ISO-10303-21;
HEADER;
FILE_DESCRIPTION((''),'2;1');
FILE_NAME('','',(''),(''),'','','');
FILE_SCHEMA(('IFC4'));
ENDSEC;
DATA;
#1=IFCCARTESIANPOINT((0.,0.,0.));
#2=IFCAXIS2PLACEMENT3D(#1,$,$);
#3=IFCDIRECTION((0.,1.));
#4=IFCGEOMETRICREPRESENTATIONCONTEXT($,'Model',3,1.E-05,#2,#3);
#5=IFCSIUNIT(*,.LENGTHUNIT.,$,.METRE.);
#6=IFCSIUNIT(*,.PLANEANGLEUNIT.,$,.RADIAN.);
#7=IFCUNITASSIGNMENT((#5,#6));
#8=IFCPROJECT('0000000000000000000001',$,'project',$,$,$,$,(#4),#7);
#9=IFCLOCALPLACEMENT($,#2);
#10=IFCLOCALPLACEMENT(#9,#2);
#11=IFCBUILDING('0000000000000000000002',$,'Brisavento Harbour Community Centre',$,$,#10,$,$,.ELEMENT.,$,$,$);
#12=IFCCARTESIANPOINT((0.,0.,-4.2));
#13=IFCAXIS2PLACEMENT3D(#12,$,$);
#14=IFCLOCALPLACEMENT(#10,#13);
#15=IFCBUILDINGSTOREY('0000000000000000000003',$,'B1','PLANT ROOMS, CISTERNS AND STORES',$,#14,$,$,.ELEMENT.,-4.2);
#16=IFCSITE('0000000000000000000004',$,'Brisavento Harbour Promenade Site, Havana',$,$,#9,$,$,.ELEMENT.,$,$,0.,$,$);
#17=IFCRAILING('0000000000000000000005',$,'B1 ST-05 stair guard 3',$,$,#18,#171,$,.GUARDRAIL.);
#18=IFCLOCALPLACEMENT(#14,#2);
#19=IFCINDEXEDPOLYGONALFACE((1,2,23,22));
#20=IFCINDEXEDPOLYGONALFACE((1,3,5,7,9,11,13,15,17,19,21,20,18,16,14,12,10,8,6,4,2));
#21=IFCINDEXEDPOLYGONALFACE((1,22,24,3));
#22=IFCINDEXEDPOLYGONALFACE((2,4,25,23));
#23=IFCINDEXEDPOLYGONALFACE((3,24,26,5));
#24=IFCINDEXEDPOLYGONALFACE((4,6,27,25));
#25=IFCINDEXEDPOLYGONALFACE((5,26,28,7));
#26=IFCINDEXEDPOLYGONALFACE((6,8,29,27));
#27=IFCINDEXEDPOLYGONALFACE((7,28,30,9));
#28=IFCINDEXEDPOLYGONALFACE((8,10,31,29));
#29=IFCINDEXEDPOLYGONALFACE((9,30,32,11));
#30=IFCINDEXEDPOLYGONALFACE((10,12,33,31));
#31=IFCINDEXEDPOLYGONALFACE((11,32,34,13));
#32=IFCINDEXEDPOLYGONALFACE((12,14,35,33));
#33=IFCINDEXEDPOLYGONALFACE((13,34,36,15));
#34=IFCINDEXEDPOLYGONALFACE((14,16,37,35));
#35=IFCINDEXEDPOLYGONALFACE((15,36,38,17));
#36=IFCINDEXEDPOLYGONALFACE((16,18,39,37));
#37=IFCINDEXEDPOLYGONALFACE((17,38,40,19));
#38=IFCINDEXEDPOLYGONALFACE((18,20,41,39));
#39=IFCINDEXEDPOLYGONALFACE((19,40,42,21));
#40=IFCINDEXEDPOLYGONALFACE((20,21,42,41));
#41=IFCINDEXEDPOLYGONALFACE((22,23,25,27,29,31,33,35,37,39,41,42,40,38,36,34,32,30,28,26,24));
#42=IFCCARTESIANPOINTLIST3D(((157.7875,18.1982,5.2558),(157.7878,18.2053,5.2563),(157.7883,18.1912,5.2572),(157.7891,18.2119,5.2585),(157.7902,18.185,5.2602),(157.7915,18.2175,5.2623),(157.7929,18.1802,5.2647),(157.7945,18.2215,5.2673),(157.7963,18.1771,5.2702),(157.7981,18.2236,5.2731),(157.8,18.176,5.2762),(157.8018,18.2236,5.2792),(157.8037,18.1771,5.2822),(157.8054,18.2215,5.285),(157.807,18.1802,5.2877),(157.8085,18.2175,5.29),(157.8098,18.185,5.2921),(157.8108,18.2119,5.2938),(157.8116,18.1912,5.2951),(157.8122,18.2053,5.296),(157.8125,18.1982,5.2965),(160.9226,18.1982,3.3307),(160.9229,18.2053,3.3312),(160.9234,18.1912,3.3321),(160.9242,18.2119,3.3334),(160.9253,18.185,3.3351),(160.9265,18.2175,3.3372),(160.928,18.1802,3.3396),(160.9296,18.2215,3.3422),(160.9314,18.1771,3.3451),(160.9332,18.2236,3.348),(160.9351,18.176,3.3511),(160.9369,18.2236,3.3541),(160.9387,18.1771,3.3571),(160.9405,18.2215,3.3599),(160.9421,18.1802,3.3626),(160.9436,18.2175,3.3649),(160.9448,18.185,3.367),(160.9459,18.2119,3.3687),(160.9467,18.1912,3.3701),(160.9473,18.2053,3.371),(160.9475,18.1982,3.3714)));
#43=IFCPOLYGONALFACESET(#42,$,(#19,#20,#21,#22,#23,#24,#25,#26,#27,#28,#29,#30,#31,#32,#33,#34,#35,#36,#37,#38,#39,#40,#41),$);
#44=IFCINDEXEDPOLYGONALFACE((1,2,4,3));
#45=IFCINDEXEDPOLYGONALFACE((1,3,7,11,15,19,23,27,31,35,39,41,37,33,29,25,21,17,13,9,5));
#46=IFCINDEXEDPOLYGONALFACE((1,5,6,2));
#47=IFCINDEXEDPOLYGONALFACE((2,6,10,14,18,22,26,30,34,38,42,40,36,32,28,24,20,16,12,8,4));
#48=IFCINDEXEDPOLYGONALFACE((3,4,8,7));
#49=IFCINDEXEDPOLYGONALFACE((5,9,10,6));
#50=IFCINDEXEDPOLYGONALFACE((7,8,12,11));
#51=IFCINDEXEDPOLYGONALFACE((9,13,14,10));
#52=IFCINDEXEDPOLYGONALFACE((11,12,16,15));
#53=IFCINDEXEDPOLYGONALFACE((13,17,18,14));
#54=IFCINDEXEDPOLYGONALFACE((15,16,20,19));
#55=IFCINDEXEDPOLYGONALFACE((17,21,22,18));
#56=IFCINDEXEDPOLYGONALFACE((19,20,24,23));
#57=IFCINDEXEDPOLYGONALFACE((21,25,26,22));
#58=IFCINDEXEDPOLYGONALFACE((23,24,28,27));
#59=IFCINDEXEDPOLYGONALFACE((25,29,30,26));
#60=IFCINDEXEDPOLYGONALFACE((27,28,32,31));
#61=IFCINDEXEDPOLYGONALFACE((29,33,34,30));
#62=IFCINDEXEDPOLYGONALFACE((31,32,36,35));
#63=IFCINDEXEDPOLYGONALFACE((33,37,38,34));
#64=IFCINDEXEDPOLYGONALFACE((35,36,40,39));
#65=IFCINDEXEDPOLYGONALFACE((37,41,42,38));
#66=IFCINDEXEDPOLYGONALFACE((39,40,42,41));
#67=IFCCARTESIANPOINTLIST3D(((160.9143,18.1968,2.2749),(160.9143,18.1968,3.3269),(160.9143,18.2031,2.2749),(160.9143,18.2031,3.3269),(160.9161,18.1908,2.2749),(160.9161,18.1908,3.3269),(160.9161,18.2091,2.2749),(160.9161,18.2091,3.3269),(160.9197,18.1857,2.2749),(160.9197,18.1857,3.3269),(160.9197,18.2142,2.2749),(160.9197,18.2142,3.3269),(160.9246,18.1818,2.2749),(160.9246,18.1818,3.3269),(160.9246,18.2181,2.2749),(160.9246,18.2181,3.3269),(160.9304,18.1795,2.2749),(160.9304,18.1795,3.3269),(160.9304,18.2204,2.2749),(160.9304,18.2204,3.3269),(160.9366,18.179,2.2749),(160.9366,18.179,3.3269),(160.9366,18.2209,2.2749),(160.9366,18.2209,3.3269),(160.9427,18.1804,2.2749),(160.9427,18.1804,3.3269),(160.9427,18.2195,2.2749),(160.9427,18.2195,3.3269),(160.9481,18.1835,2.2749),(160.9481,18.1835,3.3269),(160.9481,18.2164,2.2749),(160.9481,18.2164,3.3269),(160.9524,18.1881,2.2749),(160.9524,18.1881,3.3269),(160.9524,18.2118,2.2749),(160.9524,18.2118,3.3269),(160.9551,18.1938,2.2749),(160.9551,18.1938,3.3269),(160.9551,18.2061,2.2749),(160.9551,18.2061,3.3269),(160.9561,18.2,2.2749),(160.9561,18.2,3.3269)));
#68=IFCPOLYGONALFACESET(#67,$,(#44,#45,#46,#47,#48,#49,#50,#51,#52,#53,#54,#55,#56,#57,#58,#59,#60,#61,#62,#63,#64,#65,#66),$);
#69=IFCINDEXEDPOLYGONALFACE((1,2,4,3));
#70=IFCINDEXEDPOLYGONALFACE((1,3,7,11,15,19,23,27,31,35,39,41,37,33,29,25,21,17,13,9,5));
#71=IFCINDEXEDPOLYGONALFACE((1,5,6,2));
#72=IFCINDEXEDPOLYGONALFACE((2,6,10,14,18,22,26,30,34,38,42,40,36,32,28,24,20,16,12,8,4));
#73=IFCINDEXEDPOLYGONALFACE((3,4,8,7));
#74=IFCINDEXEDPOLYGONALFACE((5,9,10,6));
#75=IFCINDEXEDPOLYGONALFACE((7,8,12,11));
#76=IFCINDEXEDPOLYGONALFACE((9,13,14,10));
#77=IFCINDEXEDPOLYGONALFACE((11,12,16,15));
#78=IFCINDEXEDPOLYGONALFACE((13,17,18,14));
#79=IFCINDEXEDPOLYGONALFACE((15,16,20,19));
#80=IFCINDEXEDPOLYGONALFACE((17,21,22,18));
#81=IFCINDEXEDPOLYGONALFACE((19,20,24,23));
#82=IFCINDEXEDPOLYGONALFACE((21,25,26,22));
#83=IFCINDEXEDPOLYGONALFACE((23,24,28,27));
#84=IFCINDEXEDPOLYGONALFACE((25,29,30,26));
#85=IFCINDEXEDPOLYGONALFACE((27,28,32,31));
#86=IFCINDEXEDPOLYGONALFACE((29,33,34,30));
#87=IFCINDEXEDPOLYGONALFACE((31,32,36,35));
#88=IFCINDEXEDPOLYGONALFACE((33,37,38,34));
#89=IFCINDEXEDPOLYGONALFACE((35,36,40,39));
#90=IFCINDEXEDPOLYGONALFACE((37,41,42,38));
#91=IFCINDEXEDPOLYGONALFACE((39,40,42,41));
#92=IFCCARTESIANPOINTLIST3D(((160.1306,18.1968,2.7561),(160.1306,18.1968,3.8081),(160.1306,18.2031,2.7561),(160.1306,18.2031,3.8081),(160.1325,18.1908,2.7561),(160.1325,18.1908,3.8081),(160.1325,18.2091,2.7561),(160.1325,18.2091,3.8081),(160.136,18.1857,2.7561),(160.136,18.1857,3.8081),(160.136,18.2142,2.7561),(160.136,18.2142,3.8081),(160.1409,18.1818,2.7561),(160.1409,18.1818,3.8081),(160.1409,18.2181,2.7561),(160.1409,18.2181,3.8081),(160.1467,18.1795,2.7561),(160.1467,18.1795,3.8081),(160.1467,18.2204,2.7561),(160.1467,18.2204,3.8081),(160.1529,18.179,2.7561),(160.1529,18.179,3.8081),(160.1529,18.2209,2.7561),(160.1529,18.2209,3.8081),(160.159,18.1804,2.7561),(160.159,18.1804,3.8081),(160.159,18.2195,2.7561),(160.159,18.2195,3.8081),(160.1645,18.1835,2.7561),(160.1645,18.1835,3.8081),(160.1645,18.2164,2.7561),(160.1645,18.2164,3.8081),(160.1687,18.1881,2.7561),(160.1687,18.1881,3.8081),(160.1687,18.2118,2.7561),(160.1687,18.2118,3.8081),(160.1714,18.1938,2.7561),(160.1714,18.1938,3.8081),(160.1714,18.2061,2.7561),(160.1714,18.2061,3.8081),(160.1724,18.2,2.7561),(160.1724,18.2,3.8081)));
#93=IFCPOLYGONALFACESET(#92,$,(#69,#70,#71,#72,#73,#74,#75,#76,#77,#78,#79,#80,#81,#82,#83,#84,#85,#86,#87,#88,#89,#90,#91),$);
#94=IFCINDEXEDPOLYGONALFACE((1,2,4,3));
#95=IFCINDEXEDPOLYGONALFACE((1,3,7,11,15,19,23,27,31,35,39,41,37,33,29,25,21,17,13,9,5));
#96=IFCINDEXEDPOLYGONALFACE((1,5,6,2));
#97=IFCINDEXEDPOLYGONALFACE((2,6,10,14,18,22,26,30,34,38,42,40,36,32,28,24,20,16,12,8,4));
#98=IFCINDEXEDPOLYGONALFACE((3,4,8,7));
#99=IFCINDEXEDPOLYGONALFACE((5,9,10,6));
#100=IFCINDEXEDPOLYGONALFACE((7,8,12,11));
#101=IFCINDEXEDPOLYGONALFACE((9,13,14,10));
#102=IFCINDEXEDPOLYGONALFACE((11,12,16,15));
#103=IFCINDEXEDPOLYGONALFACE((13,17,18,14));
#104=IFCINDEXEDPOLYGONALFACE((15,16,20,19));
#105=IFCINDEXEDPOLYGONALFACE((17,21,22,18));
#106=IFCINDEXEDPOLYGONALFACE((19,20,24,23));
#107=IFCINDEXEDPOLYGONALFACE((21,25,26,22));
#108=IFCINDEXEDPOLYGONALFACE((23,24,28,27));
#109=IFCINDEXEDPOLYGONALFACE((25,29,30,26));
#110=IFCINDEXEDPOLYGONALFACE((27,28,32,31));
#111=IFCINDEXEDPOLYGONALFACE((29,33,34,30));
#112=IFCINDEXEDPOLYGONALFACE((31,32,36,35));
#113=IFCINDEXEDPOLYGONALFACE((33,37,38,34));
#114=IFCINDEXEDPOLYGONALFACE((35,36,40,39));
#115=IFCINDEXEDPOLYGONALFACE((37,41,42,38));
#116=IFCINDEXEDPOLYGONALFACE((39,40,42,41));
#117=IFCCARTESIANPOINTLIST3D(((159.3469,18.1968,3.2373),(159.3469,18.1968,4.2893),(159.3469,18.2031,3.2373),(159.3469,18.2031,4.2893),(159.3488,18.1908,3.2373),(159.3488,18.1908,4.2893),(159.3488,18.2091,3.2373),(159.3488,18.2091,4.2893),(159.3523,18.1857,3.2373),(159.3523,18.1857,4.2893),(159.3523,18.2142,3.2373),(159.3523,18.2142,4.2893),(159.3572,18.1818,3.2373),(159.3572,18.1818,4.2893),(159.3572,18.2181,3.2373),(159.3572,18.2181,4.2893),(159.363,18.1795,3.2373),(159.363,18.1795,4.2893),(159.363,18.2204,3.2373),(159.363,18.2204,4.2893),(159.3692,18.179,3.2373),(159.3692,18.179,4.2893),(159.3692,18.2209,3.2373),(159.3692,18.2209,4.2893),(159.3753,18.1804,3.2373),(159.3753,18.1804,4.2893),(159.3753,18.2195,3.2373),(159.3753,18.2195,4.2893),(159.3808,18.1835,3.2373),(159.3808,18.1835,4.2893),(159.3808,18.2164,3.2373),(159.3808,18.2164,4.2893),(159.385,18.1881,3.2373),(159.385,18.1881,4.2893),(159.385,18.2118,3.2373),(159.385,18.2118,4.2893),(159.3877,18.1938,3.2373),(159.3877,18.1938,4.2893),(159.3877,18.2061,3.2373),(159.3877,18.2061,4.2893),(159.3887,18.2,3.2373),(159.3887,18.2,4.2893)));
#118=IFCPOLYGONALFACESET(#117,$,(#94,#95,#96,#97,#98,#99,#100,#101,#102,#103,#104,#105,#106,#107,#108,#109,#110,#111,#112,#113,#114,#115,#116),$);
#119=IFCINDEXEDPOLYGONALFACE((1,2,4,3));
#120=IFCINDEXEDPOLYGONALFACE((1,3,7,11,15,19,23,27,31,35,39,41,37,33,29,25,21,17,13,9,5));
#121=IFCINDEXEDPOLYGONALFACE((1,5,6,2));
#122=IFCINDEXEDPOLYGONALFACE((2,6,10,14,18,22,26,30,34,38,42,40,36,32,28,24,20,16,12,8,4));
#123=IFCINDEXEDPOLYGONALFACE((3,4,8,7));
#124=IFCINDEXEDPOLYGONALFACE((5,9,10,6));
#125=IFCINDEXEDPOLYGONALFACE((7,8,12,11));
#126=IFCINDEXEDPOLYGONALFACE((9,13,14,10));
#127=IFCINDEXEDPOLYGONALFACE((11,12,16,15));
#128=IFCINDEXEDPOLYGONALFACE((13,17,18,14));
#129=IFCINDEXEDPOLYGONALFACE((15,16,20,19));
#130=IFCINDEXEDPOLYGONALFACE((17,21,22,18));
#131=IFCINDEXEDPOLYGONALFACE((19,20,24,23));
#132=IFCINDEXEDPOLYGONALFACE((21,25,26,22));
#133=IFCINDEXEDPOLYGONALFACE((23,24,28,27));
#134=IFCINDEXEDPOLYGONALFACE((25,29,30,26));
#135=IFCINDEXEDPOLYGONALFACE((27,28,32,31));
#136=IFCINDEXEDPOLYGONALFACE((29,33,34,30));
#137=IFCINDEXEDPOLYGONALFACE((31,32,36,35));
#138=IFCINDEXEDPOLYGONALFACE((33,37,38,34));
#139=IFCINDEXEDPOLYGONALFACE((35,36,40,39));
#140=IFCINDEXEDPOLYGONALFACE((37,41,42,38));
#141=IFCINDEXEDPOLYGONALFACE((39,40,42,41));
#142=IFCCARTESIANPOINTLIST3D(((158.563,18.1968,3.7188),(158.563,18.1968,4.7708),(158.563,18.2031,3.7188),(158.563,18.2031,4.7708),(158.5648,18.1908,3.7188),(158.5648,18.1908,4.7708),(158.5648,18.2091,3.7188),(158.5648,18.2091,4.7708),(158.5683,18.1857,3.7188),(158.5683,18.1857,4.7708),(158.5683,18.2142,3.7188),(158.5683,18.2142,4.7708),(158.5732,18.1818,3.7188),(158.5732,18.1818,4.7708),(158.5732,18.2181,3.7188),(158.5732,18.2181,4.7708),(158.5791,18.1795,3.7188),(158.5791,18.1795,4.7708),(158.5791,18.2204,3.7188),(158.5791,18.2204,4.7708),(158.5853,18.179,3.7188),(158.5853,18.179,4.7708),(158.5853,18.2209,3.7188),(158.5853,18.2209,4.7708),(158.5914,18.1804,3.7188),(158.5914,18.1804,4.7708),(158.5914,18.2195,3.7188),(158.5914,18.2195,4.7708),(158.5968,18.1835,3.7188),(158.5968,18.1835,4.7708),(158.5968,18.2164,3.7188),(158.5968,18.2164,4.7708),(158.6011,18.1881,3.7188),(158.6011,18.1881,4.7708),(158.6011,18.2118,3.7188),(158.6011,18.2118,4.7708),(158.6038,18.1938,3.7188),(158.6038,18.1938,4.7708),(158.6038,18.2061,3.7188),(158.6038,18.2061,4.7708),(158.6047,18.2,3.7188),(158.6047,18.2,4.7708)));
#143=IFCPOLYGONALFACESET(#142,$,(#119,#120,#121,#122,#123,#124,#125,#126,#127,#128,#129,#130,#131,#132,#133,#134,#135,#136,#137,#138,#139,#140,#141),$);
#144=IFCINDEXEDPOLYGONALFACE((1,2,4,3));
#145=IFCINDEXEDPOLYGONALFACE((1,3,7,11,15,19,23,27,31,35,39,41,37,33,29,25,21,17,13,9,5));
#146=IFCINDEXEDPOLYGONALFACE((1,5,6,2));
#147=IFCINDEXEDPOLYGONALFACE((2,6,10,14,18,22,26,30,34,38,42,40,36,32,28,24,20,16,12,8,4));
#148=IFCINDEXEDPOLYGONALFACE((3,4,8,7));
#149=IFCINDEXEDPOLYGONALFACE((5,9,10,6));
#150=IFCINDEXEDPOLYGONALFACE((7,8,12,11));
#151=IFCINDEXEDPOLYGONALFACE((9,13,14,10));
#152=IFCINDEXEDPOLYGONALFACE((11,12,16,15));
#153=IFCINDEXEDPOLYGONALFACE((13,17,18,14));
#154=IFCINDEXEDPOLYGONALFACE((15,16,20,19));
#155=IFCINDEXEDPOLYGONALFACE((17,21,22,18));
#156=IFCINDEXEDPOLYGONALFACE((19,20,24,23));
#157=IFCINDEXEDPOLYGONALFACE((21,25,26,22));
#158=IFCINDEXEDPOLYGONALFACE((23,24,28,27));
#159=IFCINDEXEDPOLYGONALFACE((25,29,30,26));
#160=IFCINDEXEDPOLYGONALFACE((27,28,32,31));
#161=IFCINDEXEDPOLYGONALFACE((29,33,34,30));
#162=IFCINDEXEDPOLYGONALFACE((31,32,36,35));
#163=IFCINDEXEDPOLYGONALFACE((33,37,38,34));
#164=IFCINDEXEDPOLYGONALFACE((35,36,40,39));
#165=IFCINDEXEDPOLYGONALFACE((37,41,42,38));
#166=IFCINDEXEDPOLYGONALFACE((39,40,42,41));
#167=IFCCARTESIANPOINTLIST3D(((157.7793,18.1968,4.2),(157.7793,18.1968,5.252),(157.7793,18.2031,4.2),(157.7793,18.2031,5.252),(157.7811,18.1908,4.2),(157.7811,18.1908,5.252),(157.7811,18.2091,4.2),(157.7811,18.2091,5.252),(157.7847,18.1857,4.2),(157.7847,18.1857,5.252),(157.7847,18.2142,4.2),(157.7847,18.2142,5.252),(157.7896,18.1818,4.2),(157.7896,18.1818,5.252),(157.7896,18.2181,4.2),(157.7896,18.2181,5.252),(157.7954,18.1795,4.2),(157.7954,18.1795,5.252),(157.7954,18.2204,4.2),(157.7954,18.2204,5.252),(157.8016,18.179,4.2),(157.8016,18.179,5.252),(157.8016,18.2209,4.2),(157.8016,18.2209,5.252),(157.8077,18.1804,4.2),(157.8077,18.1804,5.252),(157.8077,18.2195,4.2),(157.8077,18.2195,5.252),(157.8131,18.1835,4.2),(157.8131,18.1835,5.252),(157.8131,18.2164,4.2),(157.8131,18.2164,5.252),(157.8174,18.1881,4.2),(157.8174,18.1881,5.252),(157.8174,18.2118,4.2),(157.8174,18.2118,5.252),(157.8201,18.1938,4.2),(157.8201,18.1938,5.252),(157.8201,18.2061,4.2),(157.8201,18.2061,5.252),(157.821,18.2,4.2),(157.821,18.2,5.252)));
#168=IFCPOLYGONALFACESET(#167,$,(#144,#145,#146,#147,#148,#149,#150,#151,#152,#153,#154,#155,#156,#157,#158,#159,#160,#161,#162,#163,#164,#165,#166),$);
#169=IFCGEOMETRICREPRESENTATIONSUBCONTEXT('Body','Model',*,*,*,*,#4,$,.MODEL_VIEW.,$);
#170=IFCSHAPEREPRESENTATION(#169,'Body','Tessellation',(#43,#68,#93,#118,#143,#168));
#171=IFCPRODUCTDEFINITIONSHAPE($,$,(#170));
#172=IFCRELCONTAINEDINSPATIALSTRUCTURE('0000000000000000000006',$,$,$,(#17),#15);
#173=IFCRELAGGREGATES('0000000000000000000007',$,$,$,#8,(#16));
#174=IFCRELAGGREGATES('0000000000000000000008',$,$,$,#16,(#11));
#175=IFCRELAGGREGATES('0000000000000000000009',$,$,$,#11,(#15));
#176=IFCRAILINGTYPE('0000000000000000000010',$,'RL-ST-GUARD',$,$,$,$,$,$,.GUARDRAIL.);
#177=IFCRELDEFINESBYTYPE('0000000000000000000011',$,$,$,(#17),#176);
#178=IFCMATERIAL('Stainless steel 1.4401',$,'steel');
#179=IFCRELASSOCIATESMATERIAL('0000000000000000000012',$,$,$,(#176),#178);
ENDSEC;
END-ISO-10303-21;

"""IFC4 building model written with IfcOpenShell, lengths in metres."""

from ifc_helpers import new_model, si_unit, direction, frame, origin, origin_2d, place, context, subcontext, project, spatial, circle, extrude, material, type_object, element, save


model = new_model("IFC4")

# Units and contexts
model_context = context("Model", 3, precision=1e-05, world=origin(), true_north=direction((0.0, 1.0)))
body_context = subcontext(model_context, "Body", "Model", "MODEL_VIEW")
ifc_project = project(units=[si_unit("LENGTHUNIT", "METRE"), si_unit("PLANEANGLEUNIT", "RADIAN")], contexts=[model_context])

# Site, building, storey
site_placement = place(None, origin())
site = spatial("IfcSite", under=ifc_project, at=site_placement, Name="Brisavento Harbour Promenade Site, Havana", CompositionType="ELEMENT", RefElevation=0.0)
building_placement = place(site_placement, origin())
building = spatial("IfcBuilding", under=site, at=building_placement, Name="Brisavento Harbour Community Centre", CompositionType="ELEMENT")
storey_placement = place(building_placement, frame((0.0, 0.0, -4.2)))
storey = spatial("IfcBuildingStorey", under=building, at=storey_placement, Name="B1", Description="PLANT ROOMS, CISTERNS AND STORES", CompositionType="ELEMENT", Elevation=-4.2)

# Railing
ifc_material_1 = material(Name="Stainless steel 1.4401", Category="steel")
railing_type_1 = type_object("IfcRailingType", Name="RL-ST-GUARD", PredefinedType="GUARDRAIL", material=ifc_material_1)
railing_1_placement = place(storey_placement, frame((160.9351, 18.2, 2.2749)))
element("IfcRailing", 1, at=railing_1_placement, inside=storey, type_object=railing_type_1, Name="B1 ST-05 stair guard 3", PredefinedType="GUARDRAIL", context=body_context, shape_type="SweptSolid", body=[
    extrude(circle(Radius=0.0239, at=origin_2d()), frame((0.0, 0.0, 1.0762), z_axis=(-0.852166, 0.0, 0.523271), x_axis=(0.0, -1.0, 0.0)), (0.0, 0.0, 1.0), 3.679),
    extrude(circle(Radius=0.021, at=origin_2d()), origin(), (0.0, 0.0, 1.0), 1.052),
    extrude(circle(Radius=0.021, at=origin_2d()), frame((-0.7837, 0.0, 0.4812)), (0.0, 0.0, 1.0), 1.052),
    extrude(circle(Radius=0.021, at=origin_2d()), frame((-1.5674, 0.0, 0.9624)), (0.0, 0.0, 1.0), 1.052),
    extrude(circle(Radius=0.021, at=origin_2d()), frame((-2.3513, 0.0, 1.4438)), (0.0, 0.0, 1.0), 1.052),
    extrude(circle(Radius=0.021, at=origin_2d()), frame((-3.135, 0.0, 1.925)), (0.0, 0.0, 1.0), 1.052),
])

save(model, "model.ifc")
